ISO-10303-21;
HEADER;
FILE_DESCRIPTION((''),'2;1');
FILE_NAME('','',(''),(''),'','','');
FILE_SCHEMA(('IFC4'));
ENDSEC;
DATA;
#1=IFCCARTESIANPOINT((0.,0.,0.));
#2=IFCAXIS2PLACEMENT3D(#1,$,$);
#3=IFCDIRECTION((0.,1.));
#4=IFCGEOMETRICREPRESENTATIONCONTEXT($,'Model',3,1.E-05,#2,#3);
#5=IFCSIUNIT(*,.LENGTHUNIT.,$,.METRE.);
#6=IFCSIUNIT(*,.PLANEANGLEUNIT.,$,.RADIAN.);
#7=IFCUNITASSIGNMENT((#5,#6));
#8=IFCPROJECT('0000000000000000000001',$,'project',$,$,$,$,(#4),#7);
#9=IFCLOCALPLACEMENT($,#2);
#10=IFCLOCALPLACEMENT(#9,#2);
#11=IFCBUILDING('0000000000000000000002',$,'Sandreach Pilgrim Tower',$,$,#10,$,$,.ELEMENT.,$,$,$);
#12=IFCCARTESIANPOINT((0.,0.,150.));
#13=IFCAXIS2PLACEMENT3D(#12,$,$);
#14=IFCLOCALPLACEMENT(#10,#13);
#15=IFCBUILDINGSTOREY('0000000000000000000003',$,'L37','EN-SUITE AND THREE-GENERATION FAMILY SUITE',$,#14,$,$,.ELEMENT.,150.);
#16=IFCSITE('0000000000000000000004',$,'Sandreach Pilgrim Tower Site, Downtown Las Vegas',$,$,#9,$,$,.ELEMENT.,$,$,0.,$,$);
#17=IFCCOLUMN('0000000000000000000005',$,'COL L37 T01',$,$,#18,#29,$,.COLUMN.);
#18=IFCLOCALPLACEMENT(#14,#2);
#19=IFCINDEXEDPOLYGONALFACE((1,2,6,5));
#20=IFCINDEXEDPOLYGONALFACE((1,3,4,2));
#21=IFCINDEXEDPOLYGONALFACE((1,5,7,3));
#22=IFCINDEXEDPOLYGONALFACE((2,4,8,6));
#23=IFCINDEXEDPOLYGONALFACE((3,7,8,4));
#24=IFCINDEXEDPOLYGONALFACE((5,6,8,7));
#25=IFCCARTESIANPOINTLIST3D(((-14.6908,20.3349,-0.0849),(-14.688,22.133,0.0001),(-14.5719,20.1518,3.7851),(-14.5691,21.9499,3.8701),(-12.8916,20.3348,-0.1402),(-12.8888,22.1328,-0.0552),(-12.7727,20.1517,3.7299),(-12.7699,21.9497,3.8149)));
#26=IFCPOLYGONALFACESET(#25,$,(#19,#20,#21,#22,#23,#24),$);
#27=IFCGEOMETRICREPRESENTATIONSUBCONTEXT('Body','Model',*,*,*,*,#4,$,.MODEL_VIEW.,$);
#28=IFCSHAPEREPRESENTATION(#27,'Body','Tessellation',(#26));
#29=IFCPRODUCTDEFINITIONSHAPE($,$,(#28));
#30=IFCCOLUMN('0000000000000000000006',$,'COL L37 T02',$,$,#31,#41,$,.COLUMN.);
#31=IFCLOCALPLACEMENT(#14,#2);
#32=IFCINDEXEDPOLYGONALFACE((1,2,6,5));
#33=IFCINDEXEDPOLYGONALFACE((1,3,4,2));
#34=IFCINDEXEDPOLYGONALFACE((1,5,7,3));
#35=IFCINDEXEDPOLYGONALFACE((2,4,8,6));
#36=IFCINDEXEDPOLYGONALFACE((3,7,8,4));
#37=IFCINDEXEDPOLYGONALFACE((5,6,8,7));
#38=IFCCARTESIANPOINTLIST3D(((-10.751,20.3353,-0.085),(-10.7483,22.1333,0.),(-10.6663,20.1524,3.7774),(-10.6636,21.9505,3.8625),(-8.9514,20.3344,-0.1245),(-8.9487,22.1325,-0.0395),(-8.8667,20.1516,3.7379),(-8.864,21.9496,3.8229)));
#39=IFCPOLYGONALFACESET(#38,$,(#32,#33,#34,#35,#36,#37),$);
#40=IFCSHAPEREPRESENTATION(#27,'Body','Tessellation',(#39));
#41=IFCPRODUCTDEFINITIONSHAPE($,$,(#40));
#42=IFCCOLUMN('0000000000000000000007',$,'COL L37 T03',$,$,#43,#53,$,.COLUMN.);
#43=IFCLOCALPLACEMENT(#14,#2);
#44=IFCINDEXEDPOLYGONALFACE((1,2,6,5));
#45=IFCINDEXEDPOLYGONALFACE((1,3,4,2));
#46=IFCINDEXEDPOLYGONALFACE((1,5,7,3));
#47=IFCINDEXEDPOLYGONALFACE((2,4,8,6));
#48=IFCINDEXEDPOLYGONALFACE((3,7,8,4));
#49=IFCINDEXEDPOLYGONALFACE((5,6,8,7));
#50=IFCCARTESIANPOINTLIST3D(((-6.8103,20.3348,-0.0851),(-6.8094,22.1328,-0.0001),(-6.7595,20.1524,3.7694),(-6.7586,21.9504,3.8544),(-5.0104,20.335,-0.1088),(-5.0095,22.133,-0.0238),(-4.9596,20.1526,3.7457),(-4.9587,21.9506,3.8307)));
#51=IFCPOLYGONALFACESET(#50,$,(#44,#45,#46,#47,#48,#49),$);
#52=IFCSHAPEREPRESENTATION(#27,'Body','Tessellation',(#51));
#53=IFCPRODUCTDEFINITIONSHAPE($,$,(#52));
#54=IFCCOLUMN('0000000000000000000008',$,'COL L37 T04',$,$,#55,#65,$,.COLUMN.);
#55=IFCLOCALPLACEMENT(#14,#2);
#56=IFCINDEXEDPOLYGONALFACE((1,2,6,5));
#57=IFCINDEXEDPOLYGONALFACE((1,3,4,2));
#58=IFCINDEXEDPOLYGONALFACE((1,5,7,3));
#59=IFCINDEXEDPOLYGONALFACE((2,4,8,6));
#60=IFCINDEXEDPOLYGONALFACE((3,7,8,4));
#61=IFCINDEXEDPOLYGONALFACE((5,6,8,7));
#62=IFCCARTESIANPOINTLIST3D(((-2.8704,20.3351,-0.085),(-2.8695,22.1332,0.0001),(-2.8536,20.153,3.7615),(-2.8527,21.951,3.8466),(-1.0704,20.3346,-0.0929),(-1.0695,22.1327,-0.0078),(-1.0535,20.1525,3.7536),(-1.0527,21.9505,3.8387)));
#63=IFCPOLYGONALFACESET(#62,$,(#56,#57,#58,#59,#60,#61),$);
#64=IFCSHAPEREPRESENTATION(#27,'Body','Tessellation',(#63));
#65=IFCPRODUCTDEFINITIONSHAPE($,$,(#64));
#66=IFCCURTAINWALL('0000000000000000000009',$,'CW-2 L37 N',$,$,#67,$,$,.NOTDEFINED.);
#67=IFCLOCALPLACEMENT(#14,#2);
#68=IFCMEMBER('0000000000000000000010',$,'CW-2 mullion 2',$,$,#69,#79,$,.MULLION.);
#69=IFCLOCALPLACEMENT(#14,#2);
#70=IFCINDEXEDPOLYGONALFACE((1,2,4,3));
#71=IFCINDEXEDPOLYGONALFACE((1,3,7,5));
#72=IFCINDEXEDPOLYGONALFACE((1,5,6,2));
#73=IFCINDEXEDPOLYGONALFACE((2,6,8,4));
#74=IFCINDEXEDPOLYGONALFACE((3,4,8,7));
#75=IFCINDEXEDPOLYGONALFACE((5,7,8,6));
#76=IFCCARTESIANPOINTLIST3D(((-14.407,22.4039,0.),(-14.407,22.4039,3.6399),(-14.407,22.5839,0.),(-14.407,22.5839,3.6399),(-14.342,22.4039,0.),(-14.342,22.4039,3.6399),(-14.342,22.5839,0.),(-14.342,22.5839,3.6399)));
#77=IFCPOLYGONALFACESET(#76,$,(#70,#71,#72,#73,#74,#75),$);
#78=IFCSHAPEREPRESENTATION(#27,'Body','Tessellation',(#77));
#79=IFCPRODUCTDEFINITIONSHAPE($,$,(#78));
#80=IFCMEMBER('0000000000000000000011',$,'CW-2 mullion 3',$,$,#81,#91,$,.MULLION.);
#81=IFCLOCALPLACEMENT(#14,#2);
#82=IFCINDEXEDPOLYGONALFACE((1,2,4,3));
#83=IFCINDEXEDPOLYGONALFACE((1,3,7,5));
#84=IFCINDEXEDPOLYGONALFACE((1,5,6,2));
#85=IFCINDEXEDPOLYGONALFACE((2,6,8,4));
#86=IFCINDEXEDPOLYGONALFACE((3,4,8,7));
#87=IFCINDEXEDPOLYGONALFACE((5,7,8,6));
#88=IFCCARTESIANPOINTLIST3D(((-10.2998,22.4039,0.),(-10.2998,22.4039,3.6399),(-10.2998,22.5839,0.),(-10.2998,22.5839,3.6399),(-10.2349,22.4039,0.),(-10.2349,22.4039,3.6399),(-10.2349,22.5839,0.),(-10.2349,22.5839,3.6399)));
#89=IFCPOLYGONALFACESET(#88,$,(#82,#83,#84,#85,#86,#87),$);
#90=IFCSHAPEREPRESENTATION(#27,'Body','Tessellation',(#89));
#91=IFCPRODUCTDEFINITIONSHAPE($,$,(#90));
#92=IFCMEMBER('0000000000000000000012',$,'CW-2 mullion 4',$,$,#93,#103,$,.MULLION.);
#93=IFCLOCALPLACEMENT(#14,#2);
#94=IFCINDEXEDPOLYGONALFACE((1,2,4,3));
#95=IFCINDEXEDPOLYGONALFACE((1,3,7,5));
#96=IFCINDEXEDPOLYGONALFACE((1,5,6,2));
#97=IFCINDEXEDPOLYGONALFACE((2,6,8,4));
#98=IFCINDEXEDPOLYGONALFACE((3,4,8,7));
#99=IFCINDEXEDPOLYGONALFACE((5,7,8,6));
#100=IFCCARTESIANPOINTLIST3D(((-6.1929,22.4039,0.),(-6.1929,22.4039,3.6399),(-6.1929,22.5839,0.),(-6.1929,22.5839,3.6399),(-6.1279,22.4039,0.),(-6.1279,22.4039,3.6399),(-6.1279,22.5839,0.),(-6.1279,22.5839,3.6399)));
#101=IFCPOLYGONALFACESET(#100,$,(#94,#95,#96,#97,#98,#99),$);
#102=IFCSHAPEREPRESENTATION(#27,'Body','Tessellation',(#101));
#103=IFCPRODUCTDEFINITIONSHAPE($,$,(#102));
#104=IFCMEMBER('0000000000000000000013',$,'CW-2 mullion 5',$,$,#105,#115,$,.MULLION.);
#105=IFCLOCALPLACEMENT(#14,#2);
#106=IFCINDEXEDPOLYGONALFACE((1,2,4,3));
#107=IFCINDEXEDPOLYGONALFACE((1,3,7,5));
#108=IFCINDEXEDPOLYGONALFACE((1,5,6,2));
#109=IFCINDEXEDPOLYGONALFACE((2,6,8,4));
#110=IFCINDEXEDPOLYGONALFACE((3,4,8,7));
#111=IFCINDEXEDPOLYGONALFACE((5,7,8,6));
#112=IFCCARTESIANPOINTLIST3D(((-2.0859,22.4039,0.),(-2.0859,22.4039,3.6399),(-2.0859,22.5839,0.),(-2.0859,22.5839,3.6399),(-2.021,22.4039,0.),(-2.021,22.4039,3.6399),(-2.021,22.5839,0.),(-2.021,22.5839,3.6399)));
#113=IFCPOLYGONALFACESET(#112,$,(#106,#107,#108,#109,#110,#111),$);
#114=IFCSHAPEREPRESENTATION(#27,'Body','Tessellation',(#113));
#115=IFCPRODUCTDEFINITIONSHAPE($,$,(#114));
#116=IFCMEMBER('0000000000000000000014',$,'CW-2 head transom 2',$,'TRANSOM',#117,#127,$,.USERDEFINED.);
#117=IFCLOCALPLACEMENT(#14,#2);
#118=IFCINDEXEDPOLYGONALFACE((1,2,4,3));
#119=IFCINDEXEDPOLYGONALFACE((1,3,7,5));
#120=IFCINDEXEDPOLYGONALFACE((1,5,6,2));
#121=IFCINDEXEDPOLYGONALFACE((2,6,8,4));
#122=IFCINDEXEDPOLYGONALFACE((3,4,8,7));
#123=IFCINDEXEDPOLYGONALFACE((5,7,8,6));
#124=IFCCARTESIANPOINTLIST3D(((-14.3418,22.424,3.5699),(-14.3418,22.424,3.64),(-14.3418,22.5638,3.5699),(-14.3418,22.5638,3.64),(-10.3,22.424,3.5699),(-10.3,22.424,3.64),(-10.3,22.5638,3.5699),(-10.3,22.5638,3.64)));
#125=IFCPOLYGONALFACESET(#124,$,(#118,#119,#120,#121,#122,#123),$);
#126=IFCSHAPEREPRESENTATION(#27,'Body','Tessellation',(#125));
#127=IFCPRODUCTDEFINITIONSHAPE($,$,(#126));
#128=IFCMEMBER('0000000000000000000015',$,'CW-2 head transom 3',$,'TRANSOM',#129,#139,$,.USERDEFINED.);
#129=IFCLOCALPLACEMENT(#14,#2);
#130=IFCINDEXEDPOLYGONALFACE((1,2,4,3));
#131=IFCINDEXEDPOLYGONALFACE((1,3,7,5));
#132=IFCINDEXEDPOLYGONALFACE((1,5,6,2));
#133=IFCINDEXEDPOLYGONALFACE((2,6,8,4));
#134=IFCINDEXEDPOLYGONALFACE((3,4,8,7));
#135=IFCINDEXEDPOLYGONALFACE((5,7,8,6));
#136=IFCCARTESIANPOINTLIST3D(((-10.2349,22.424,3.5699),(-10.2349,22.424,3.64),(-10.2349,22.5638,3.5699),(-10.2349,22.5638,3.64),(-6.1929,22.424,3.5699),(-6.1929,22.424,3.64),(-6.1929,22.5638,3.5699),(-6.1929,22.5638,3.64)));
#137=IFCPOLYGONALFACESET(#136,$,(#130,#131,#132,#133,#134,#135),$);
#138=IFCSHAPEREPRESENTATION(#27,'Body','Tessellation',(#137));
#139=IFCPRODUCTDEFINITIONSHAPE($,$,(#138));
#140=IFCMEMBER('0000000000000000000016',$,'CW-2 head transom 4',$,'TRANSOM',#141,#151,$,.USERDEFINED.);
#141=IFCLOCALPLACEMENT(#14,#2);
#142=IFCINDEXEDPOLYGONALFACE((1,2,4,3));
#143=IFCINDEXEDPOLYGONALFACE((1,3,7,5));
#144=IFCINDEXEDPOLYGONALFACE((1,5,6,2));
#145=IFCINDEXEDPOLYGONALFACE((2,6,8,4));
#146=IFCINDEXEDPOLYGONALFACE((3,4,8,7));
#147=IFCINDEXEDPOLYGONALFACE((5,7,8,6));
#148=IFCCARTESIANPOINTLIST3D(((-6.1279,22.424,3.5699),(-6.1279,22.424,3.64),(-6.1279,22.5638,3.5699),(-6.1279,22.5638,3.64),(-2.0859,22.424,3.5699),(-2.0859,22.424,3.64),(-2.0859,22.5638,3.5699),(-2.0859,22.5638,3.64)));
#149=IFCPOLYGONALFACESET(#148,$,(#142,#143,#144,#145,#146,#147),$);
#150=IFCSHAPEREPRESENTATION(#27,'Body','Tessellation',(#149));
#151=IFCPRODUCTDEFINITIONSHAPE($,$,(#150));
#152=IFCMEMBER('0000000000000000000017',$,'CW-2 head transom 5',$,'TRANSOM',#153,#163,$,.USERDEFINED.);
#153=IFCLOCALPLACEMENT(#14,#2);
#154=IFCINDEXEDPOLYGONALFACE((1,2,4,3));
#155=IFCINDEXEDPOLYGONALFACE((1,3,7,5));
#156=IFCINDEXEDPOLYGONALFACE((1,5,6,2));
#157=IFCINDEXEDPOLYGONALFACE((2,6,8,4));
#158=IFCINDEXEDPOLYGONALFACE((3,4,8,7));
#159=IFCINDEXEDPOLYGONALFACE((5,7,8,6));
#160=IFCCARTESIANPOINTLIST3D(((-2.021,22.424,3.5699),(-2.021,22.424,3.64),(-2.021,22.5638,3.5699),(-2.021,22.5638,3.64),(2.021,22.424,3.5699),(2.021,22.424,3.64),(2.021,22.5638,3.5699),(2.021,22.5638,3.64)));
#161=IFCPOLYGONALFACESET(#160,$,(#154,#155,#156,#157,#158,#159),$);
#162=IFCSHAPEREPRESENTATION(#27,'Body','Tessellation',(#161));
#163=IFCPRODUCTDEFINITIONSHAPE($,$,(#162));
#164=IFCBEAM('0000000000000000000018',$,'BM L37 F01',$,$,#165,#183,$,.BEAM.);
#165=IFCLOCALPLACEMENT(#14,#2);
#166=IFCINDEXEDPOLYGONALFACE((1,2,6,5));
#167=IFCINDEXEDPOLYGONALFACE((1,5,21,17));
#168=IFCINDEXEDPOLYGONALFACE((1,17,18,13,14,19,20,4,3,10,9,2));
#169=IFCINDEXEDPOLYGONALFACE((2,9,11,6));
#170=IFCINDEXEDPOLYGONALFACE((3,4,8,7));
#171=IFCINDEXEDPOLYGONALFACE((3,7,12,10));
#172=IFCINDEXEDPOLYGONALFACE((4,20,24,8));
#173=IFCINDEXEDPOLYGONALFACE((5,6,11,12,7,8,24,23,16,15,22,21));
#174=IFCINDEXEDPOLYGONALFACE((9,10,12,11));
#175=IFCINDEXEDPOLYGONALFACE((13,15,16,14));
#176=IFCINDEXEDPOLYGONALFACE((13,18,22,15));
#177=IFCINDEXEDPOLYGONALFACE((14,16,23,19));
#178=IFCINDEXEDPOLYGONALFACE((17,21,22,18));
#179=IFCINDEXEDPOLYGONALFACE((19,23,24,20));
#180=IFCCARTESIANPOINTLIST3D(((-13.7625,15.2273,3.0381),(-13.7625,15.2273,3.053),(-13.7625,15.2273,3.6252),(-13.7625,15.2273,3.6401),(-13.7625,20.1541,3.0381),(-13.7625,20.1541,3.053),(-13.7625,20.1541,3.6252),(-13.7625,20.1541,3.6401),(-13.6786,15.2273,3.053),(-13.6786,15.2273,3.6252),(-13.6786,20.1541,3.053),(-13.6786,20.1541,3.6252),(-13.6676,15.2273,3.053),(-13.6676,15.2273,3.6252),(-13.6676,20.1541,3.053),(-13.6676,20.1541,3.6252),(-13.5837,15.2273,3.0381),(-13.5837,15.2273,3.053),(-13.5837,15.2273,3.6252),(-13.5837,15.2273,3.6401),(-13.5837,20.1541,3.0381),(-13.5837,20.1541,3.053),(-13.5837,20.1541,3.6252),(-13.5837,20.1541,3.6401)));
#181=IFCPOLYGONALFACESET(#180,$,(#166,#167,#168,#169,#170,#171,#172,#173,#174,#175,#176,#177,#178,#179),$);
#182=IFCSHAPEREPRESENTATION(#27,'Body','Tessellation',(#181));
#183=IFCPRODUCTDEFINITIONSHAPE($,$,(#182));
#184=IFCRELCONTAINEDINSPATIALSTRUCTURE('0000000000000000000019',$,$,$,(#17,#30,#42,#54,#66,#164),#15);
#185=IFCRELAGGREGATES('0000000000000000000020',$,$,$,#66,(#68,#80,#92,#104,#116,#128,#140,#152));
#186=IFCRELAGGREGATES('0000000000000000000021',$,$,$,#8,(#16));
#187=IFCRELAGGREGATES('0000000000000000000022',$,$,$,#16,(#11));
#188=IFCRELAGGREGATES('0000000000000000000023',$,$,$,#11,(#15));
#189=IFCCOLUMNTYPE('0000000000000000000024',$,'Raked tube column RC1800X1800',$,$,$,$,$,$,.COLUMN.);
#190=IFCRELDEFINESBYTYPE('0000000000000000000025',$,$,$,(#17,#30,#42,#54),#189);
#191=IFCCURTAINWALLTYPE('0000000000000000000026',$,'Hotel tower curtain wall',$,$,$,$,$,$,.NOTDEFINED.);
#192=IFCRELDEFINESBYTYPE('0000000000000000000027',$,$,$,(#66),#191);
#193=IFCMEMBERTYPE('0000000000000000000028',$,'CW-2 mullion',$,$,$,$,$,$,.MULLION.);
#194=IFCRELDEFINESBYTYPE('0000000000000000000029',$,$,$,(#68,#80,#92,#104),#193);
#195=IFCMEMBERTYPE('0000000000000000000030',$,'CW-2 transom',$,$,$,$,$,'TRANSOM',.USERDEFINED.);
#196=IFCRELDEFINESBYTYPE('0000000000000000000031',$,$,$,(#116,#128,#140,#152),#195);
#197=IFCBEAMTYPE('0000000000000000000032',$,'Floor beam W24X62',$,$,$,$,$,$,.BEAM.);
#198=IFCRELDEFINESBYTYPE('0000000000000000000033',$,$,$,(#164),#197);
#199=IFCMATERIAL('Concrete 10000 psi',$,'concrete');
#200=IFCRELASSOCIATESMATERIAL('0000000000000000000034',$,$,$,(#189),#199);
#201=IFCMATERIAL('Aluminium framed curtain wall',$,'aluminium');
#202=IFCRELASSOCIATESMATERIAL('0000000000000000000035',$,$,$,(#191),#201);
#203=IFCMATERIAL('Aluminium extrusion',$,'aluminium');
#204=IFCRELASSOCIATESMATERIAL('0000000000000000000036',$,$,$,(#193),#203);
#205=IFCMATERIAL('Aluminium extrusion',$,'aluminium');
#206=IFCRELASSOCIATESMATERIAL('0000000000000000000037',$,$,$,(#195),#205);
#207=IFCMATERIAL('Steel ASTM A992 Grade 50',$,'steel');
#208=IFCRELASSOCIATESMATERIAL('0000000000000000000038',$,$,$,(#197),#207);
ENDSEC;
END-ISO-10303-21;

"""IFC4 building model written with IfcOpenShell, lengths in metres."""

from ifc_helpers import new_model, si_unit, direction, frame, origin, origin_2d, place, context, subcontext, project, spatial, rectangle, i_section, extrude, material, material_profile, profile_set, type_object, element, aggregate, save


model = new_model("IFC4")

# Units and contexts
model_context = context("Model", 3, precision=1e-05, world=origin(), true_north=direction((0.0, 1.0)))
body_context = subcontext(model_context, "Body", "Model", "MODEL_VIEW")
ifc_project = project(units=[si_unit("LENGTHUNIT", "METRE"), si_unit("PLANEANGLEUNIT", "RADIAN")], contexts=[model_context])

# Site, building, storey
site_placement = place(None, origin())
site = spatial("IfcSite", under=ifc_project, at=site_placement, Name="Sandreach Pilgrim Tower Site, Downtown Las Vegas", CompositionType="ELEMENT", RefElevation=0.0)
building_placement = place(site_placement, origin())
building = spatial("IfcBuilding", under=site, at=building_placement, Name="Sandreach Pilgrim Tower", CompositionType="ELEMENT")
storey_placement = place(building_placement, frame((0.0, 0.0, 150.0)))
storey = spatial("IfcBuildingStorey", under=building, at=storey_placement, Name="L37", Description="EN-SUITE AND THREE-GENERATION FAMILY SUITE", CompositionType="ELEMENT", Elevation=150.0)

# Columns
ifc_material_1 = material(Name="Concrete 10000 psi", Category="concrete")
ifc_material_profile_1 = material_profile(ifc_material_1, rectangle(XDim=1.8, YDim=1.8, at=origin_2d()), Name="RC1800X1800")
ifc_profile_set_1 = profile_set([ifc_material_profile_1], Name="Concrete 10000 psi")
column_type = type_object("IfcColumnType", Name="Raked tube column RC1800X1800", PredefinedType="COLUMN", material=ifc_profile_set_1)
column_1_placement = place(storey_placement, frame((-13.7898, 21.2339, -0.0701), z_axis=(0.030673, -0.047238, 0.998413), x_axis=(0.001518, 0.998884, 0.047213)))
element("IfcColumn", 1, at=column_1_placement, inside=storey, type_object=column_type, Name="COL L37 T01", PredefinedType="COLUMN", context=body_context, shape_type="SweptSolid", body=[
    extrude(rectangle(XDim=1.8, YDim=1.8, at=origin_2d()), origin(), (0.0, 0.0, 1.0), 3.8762),
])
column_2_placement = place(storey_placement, frame((-9.8499, 21.2339, -0.0623), z_axis=(0.021904, -0.047281, 0.998641), x_axis=(0.001525, 0.998882, 0.047259)))
element("IfcColumn", 2, at=column_2_placement, inside=storey, type_object=column_type, Name="COL L37 T02", PredefinedType="COLUMN", context=body_context, shape_type="SweptSolid", body=[
    extrude(rectangle(XDim=1.8, YDim=1.8, at=origin_2d()), origin(), (0.0, 0.0, 1.0), 3.8677),
])
column_3_placement = place(storey_placement, frame((-5.9099, 21.2339, -0.0544), z_axis=(0.013159, -0.047257, 0.998796), x_axis=(0.000511, 0.998883, 0.047255)))
element("IfcColumn", 3, at=column_3_placement, inside=storey, type_object=column_type, Name="COL L37 T03", PredefinedType="COLUMN", context=body_context, shape_type="SweptSolid", body=[
    extrude(rectangle(XDim=1.8, YDim=1.8, at=origin_2d()), origin(), (0.0, 0.0, 1.0), 3.8591),
])
column_4_placement = place(storey_placement, frame((-1.97, 21.2339, -0.0464), z_axis=(0.004375, -0.047297, 0.998871), x_axis=(0.000487, 0.998881, 0.047295)))
element("IfcColumn", 4, at=column_4_placement, inside=storey, type_object=column_type, Name="COL L37 T04", PredefinedType="COLUMN", context=body_context, shape_type="SweptSolid", body=[
    extrude(rectangle(XDim=1.8, YDim=1.8, at=origin_2d()), origin(), (0.0, 0.0, 1.0), 3.8508),
])

# Curtain wall, members
ifc_material_2 = material(Name="Aluminium framed curtain wall", Category="aluminium")
curtain_wall_type = type_object("IfcCurtainWallType", Name="Hotel tower curtain wall", PredefinedType="NOTDEFINED", material=ifc_material_2)
curtain_wall_placement = place(storey_placement, origin())
curtain_wall = element("IfcCurtainWall", 5, at=curtain_wall_placement, inside=storey, type_object=curtain_wall_type, Name="CW-2 L37 N", PredefinedType="NOTDEFINED")
ifc_material_3 = material(Name="Aluminium extrusion", Category="aluminium")
ifc_material_profile_2 = material_profile(ifc_material_3, rectangle(XDim=0.0649, YDim=0.1799, at=origin_2d()), Name="CW-2M 65X180")
ifc_profile_set_2 = profile_set([ifc_material_profile_2], Name="Aluminium extrusion")
member_type_1 = type_object("IfcMemberType", Name="CW-2 mullion", PredefinedType="MULLION", material=ifc_profile_set_2)
member_1_placement = place(storey_placement, frame((-14.3745, 22.4939, 0.0), z_axis=(0.0, 0.0, 1.0), x_axis=(1.0, 0.0, 0.0)))
member_1 = element("IfcMember", 6, at=member_1_placement, type_object=member_type_1, Name="CW-2 mullion 2", PredefinedType="MULLION", context=body_context, shape_type="SweptSolid", body=[
    extrude(rectangle(XDim=0.0649, YDim=0.1799, at=origin_2d()), origin(), (0.0, 0.0, 1.0), 3.6399),
])
member_2_placement = place(storey_placement, frame((-10.2673, 22.4939, 0.0), z_axis=(0.0, 0.0, 1.0), x_axis=(1.0, 0.0, 0.0)))
member_2 = element("IfcMember", 7, at=member_2_placement, type_object=member_type_1, Name="CW-2 mullion 3", PredefinedType="MULLION", context=body_context, shape_type="SweptSolid", body=[
    extrude(rectangle(XDim=0.0649, YDim=0.1799, at=origin_2d()), origin(), (0.0, 0.0, 1.0), 3.6399),
])
member_3_placement = place(storey_placement, frame((-6.1604, 22.4939, 0.0), z_axis=(0.0, 0.0, 1.0), x_axis=(1.0, 0.0, 0.0)))
member_3 = element("IfcMember", 8, at=member_3_placement, type_object=member_type_1, Name="CW-2 mullion 4", PredefinedType="MULLION", context=body_context, shape_type="SweptSolid", body=[
    extrude(rectangle(XDim=0.0649, YDim=0.1799, at=origin_2d()), origin(), (0.0, 0.0, 1.0), 3.6399),
])
member_4_placement = place(storey_placement, frame((-2.0535, 22.4939, 0.0), z_axis=(0.0, 0.0, 1.0), x_axis=(1.0, 0.0, 0.0)))
member_4 = element("IfcMember", 9, at=member_4_placement, type_object=member_type_1, Name="CW-2 mullion 5", PredefinedType="MULLION", context=body_context, shape_type="SweptSolid", body=[
    extrude(rectangle(XDim=0.0649, YDim=0.1799, at=origin_2d()), origin(), (0.0, 0.0, 1.0), 3.6399),
])
ifc_material_4 = material(Name="Aluminium extrusion", Category="aluminium")
ifc_material_profile_3 = material_profile(ifc_material_4, rectangle(XDim=0.1399, YDim=0.0701, at=origin_2d()), Name="CW-2T 140X70")
ifc_profile_set_3 = profile_set([ifc_material_profile_3], Name="Aluminium extrusion")
member_type_2 = type_object("IfcMemberType", Name="CW-2 transom", ElementType="TRANSOM", PredefinedType="USERDEFINED", material=ifc_profile_set_3)
member_5_placement = place(storey_placement, frame((-14.3418, 22.4939, 3.605), z_axis=(1.0, 0.0, 0.0), x_axis=(0.0, 1.0, 0.0)))
member_5 = element("IfcMember", 10, at=member_5_placement, type_object=member_type_2, Name="CW-2 head transom 2", ObjectType="TRANSOM", PredefinedType="USERDEFINED", context=body_context, shape_type="SweptSolid", body=[
    extrude(rectangle(XDim=0.1399, YDim=0.0701, at=origin_2d()), origin(), (0.0, 0.0, 1.0), 4.0417),
])
member_6_placement = place(storey_placement, frame((-10.2349, 22.4939, 3.605), z_axis=(1.0, 0.0, 0.0), x_axis=(0.0, 1.0, 0.0)))
member_6 = element("IfcMember", 11, at=member_6_placement, type_object=member_type_2, Name="CW-2 head transom 3", ObjectType="TRANSOM", PredefinedType="USERDEFINED", context=body_context, shape_type="SweptSolid", body=[
    extrude(rectangle(XDim=0.1399, YDim=0.0701, at=origin_2d()), origin(), (0.0, 0.0, 1.0), 4.042),
])
member_7_placement = place(storey_placement, frame((-6.1279, 22.4939, 3.605), z_axis=(1.0, 0.0, 0.0), x_axis=(0.0, 1.0, 0.0)))
member_7 = element("IfcMember", 12, at=member_7_placement, type_object=member_type_2, Name="CW-2 head transom 4", ObjectType="TRANSOM", PredefinedType="USERDEFINED", context=body_context, shape_type="SweptSolid", body=[
    extrude(rectangle(XDim=0.1399, YDim=0.0701, at=origin_2d()), origin(), (0.0, 0.0, 1.0), 4.042),
])
member_8_placement = place(storey_placement, frame((-2.021, 22.4939, 3.605), z_axis=(1.0, 0.0, 0.0), x_axis=(0.0, 1.0, 0.0)))
member_8 = element("IfcMember", 13, at=member_8_placement, type_object=member_type_2, Name="CW-2 head transom 5", ObjectType="TRANSOM", PredefinedType="USERDEFINED", context=body_context, shape_type="SweptSolid", body=[
    extrude(rectangle(XDim=0.1399, YDim=0.0701, at=origin_2d()), origin(), (0.0, 0.0, 1.0), 4.042),
])

# Beam
ifc_material_5 = material(Name="Steel ASTM A992 Grade 50", Category="steel")
ifc_material_profile_4 = material_profile(ifc_material_5, i_section(OverallWidth=0.1787, OverallDepth=0.6021, WebThickness=0.011, FlangeThickness=0.0149, at=origin_2d()), Name="W24X62")
ifc_profile_set_4 = profile_set([ifc_material_profile_4], Name="Steel ASTM A992 Grade 50")
beam_type_1 = type_object("IfcBeamType", Name="Floor beam W24X62", PredefinedType="BEAM", material=ifc_profile_set_4)
beam_1_placement = place(storey_placement, frame((-13.6731, 20.1541, 3.3391), z_axis=(0.0, -1.0, 0.0), x_axis=(1.0, 0.0, 0.0)))
element("IfcBeam", 14, at=beam_1_placement, inside=storey, type_object=beam_type_1, Name="BM L37 F01", PredefinedType="BEAM", context=body_context, shape_type="SweptSolid", body=[
    extrude(i_section(OverallWidth=0.1787, OverallDepth=0.6021, WebThickness=0.011, FlangeThickness=0.0149, at=origin_2d()), origin(), (0.0, 0.0, 1.0), 4.9268),
])

aggregate(curtain_wall, [member_1, member_2, member_3, member_4, member_5, member_6, member_7, member_8])

save(model, "model.ifc")
